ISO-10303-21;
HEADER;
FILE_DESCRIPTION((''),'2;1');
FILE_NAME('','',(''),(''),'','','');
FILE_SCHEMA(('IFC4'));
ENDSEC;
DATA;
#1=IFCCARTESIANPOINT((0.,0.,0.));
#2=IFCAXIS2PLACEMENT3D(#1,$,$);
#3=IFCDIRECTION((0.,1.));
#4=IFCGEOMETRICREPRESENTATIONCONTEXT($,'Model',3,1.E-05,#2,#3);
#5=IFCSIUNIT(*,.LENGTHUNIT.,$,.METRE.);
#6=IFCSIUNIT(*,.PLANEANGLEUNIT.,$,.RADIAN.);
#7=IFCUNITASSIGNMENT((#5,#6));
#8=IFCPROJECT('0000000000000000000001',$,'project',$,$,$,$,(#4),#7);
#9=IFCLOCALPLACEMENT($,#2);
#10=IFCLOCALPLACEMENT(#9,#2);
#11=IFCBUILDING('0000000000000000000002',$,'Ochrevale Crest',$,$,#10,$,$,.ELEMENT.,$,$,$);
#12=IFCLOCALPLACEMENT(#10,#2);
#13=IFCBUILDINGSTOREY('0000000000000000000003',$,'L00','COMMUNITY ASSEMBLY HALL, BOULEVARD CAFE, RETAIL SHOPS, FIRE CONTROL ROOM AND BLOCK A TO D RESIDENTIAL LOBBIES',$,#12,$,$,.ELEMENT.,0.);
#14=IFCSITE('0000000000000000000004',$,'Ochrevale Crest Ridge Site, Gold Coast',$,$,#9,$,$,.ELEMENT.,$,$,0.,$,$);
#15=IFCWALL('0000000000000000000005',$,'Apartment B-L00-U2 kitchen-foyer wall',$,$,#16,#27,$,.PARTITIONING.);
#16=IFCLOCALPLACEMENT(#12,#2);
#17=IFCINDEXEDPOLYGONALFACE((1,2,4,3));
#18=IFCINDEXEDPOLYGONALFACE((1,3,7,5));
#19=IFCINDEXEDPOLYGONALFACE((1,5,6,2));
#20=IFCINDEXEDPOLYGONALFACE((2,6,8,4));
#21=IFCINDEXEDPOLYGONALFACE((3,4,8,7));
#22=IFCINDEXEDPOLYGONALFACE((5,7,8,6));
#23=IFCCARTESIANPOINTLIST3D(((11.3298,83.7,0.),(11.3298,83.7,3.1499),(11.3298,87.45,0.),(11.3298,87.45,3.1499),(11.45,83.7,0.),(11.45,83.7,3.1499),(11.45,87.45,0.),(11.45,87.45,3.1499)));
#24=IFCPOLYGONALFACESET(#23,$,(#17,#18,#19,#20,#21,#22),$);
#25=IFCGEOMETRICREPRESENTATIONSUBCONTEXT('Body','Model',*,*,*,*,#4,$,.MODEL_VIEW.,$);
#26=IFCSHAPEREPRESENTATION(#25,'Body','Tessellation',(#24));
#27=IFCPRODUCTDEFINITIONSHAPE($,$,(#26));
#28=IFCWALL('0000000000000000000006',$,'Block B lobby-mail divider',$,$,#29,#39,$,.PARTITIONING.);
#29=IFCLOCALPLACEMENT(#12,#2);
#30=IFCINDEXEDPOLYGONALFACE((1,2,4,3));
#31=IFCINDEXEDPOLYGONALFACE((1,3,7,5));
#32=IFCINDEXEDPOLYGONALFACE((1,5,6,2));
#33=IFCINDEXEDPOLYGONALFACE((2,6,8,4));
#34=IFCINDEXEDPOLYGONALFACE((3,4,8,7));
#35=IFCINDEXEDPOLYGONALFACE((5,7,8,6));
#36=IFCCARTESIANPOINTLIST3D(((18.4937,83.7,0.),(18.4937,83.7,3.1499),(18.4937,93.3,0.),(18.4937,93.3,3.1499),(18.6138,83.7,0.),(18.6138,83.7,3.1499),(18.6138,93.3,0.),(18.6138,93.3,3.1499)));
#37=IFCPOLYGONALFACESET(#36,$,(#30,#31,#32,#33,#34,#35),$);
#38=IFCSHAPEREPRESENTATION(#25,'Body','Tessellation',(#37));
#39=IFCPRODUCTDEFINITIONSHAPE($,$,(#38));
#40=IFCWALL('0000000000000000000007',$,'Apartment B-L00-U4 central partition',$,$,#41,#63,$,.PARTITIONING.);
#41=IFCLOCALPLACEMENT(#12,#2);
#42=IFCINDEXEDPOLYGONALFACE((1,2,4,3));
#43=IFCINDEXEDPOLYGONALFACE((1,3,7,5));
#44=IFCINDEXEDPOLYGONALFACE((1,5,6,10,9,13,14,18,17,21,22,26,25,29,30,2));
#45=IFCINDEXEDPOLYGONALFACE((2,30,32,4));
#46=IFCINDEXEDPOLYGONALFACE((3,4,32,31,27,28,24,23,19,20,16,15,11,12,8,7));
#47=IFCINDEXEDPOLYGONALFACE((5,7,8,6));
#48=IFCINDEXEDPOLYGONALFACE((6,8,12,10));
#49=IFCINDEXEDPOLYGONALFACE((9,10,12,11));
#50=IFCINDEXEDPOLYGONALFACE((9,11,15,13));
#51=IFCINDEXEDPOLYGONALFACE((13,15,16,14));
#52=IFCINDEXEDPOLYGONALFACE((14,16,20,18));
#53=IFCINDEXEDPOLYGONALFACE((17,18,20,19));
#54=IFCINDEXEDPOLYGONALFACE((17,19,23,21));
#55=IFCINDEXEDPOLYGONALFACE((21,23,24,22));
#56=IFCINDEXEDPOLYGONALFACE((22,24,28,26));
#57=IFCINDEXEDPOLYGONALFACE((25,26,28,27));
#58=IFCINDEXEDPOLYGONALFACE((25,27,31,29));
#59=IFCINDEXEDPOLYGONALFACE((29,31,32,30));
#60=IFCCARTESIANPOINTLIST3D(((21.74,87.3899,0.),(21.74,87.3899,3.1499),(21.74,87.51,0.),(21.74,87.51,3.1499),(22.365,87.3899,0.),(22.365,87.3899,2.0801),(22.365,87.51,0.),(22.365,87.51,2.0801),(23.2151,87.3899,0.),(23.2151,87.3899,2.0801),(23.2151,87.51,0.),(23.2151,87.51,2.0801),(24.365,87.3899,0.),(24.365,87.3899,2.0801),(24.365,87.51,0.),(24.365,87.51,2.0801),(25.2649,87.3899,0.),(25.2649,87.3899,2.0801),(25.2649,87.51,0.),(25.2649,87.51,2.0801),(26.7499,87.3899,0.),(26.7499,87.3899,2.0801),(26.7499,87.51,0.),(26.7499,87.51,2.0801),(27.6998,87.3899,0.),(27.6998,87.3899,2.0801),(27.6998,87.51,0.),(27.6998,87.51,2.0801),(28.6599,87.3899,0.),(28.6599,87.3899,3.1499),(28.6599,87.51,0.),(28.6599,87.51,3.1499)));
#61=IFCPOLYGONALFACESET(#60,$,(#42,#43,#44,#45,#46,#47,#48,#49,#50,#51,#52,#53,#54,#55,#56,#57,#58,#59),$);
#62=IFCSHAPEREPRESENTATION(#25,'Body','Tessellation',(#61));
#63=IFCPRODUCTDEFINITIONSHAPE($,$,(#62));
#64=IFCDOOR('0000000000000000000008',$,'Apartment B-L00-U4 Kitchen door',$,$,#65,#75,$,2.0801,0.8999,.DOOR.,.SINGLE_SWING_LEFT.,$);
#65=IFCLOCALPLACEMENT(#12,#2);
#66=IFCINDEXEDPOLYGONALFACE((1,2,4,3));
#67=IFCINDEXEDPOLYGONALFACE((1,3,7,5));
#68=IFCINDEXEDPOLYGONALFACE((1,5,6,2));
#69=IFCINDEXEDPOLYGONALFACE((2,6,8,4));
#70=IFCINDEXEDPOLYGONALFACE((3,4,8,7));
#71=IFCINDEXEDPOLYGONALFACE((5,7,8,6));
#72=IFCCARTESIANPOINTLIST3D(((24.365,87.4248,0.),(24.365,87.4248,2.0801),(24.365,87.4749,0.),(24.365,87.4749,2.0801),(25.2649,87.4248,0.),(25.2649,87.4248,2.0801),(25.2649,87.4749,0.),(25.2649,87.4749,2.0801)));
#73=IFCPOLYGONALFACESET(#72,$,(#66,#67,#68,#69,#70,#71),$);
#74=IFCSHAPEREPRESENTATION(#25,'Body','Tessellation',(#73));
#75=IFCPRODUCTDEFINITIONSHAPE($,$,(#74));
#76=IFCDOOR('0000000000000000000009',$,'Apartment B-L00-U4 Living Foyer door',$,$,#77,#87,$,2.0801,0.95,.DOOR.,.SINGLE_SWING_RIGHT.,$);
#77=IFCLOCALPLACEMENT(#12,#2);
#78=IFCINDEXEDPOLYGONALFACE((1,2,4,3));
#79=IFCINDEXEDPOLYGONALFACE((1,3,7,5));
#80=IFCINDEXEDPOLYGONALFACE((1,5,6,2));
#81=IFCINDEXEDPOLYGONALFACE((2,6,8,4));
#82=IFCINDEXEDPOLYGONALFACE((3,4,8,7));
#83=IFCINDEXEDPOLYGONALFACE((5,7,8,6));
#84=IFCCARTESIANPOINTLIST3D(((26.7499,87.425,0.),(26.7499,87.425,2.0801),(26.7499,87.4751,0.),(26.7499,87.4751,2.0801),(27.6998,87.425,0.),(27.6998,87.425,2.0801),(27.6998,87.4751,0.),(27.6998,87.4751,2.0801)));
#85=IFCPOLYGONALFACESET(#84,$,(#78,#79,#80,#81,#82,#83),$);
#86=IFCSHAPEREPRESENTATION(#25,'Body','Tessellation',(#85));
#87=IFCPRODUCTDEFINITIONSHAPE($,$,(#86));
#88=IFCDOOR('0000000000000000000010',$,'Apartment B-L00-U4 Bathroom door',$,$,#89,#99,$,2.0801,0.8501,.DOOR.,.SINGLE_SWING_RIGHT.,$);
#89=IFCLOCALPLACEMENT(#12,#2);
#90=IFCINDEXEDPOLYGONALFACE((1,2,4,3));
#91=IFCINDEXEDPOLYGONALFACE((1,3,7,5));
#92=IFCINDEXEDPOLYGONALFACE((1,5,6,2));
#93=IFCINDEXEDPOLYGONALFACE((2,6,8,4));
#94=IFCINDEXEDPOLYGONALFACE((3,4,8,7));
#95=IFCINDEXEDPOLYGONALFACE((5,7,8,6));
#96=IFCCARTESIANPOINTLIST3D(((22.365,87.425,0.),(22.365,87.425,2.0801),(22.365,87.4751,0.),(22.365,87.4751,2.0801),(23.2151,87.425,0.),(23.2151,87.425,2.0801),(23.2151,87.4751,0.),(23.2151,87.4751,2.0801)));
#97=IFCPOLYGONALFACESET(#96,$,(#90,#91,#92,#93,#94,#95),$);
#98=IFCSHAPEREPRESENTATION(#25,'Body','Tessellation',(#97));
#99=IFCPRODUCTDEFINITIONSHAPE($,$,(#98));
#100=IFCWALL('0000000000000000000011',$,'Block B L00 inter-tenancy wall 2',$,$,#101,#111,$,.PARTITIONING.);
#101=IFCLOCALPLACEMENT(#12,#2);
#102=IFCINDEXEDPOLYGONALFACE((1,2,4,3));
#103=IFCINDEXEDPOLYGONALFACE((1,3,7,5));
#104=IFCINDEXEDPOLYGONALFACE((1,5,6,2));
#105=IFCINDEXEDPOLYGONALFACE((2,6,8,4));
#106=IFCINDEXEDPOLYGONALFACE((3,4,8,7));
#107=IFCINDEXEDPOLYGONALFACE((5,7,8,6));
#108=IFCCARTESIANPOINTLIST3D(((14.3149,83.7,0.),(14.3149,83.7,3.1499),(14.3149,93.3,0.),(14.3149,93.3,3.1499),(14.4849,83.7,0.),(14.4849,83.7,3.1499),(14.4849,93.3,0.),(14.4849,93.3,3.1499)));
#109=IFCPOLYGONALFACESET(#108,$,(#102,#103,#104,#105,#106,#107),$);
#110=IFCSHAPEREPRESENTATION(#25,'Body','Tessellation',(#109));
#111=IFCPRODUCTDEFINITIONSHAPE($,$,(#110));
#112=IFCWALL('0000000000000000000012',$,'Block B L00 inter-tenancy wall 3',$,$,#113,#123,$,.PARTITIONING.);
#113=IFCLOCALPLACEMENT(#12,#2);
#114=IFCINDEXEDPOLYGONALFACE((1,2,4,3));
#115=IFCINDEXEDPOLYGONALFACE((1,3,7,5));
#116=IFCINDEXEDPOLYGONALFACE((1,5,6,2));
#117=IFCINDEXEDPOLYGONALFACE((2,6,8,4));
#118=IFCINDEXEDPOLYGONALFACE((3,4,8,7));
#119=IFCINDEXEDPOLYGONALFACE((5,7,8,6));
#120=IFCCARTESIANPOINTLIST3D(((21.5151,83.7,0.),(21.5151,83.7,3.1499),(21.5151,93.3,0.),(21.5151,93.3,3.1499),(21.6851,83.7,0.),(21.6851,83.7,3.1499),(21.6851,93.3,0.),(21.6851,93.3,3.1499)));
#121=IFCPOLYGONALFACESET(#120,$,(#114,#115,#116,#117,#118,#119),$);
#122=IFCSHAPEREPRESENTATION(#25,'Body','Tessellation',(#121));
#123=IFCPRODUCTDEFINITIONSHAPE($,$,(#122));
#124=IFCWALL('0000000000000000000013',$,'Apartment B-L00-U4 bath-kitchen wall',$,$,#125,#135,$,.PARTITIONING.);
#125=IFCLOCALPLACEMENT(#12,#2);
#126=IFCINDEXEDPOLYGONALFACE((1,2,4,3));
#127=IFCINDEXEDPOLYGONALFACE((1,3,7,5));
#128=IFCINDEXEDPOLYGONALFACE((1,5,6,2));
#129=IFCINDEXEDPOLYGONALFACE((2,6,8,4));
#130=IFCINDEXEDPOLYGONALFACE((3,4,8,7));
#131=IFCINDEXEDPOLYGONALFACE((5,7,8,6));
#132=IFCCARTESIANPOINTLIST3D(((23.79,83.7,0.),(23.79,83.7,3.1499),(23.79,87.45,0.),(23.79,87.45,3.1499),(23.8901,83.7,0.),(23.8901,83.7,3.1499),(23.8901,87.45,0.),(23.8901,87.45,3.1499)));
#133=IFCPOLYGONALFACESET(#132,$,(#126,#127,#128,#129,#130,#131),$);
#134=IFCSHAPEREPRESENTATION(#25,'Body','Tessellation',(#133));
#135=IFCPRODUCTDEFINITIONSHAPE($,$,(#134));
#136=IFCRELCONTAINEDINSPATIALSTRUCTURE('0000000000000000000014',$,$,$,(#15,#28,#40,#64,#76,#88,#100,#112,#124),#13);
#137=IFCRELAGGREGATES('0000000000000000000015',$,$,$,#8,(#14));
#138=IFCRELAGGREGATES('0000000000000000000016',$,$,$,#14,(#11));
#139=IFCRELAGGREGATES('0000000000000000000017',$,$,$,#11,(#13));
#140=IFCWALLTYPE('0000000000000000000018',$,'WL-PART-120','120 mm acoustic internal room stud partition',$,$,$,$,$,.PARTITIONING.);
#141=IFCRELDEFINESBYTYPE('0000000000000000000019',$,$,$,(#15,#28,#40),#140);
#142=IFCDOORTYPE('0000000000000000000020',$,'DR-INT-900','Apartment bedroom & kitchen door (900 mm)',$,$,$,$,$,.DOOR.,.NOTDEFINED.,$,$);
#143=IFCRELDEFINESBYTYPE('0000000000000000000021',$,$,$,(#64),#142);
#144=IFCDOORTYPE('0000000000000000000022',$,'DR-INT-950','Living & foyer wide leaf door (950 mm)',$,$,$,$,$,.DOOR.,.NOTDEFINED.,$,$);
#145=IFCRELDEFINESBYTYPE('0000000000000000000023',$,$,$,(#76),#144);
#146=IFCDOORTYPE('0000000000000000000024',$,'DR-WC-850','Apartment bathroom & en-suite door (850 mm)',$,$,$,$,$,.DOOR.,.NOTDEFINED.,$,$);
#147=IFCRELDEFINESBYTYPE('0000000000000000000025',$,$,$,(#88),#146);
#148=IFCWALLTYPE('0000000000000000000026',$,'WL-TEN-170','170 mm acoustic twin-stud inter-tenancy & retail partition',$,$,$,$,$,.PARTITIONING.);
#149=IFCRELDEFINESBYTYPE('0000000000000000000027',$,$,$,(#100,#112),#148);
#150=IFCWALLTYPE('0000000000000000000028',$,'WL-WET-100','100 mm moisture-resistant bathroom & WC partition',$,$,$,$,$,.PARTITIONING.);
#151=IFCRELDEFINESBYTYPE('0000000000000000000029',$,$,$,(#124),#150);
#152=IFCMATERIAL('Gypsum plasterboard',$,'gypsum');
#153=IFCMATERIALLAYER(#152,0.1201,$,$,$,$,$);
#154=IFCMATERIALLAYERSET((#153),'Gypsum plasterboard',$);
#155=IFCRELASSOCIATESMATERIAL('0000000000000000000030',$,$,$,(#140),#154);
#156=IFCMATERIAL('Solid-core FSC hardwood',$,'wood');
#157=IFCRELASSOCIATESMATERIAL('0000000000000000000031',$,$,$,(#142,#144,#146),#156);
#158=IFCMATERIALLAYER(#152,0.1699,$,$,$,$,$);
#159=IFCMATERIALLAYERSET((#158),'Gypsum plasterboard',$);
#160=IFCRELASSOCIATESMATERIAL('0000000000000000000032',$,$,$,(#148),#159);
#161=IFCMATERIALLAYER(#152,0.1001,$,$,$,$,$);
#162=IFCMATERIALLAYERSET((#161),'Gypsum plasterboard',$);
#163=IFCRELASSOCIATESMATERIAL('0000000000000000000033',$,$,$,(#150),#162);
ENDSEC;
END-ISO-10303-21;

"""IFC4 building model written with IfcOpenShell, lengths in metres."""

from ifc_helpers import new_model, si_unit, direction, frame, frame_2d, origin, place, context, subcontext, project, spatial, rectangle, extrude, material, layer, layer_set, type_object, element, fill, save


model = new_model("IFC4")

# Units and contexts
model_context = context("Model", 3, precision=1e-05, world=origin(), true_north=direction((0.0, 1.0)))
body_context = subcontext(model_context, "Body", "Model", "MODEL_VIEW")
ifc_project = project(units=[si_unit("LENGTHUNIT", "METRE"), si_unit("PLANEANGLEUNIT", "RADIAN")], contexts=[model_context])

# Site, building, storey
site_placement = place(None, origin())
site = spatial("IfcSite", under=ifc_project, at=site_placement, Name="Ochrevale Crest Ridge Site, Gold Coast", CompositionType="ELEMENT", RefElevation=0.0)
building_placement = place(site_placement, origin())
building = spatial("IfcBuilding", under=site, at=building_placement, Name="Ochrevale Crest", CompositionType="ELEMENT")
storey_placement = place(building_placement, origin())
storey = spatial("IfcBuildingStorey", under=building, at=storey_placement, Name="L00", Description="COMMUNITY ASSEMBLY HALL, BOULEVARD CAFE, RETAIL SHOPS, FIRE CONTROL ROOM AND BLOCK A TO D RESIDENTIAL LOBBIES", CompositionType="ELEMENT", Elevation=0.0)

# Shared definitions
ifc_material_1 = material(Name="Gypsum plasterboard", Category="gypsum")
ifc_material_2 = material(Name="Solid-core FSC hardwood", Category="wood")

# Walls
ifc_layer_1 = layer(ifc_material_1, 0.1201)
ifc_layer_set_1 = layer_set([ifc_layer_1], Name="Gypsum plasterboard")
wall_type_1 = type_object("IfcWallType", Name="WL-PART-120", Description="120 mm acoustic internal room stud partition", PredefinedType="PARTITIONING", material=ifc_layer_set_1)
wall_1_placement = place(storey_placement, frame((11.3899, 83.7, 0.0), z_axis=(0.0, 0.0, 1.0), x_axis=(0.0, 1.0, 0.0)))
element("IfcWall", 1, at=wall_1_placement, inside=storey, type_object=wall_type_1, Name="Apartment B-L00-U2 kitchen-foyer wall", PredefinedType="PARTITIONING", context=body_context, shape_type="SweptSolid", body=[
    extrude(rectangle(XDim=3.75, YDim=0.1201, at=frame_2d((1.875, 0.0))), origin(), (0.0, 0.0, 1.0), 3.1499),
])
wall_2_placement = place(storey_placement, frame((18.5537, 83.7, 0.0), z_axis=(0.0, 0.0, 1.0), x_axis=(0.0, 1.0, 0.0)))
element("IfcWall", 2, at=wall_2_placement, inside=storey, type_object=wall_type_1, Name="Block B lobby-mail divider", PredefinedType="PARTITIONING", context=body_context, shape_type="SweptSolid", body=[
    extrude(rectangle(XDim=9.6001, YDim=0.1201, at=frame_2d((4.8, 0.0))), origin(), (0.0, 0.0, 1.0), 3.1499),
])

# Wall, openings, doors
wall_3_placement = place(storey_placement, frame((21.74, 87.45, 0.0), z_axis=(0.0, 0.0, 1.0), x_axis=(1.0, 0.0, 0.0)))
wall_3 = element("IfcWall", 3, at=wall_3_placement, inside=storey, type_object=wall_type_1, Name="Apartment B-L00-U4 central partition", PredefinedType="PARTITIONING", context=body_context, shape_type="SweptSolid", body=[
    extrude(rectangle(XDim=6.9199, YDim=0.1201, at=frame_2d((3.46, 0.0))), origin(), (0.0, 0.0, 1.0), 3.1499),
])
opening_1_placement = place(wall_3_placement, frame((1.4751, 0.0, 0.0), z_axis=(0.0, 0.0, 1.0), x_axis=(-1.0, 0.0, 0.0)))
opening_1 = element("IfcOpeningElement", 4, at=opening_1_placement, cuts=wall_3, PredefinedType="OPENING", context=body_context, shape_type="SweptSolid", body=[
    extrude(rectangle(XDim=0.8501, YDim=2.0801, at=frame_2d((0.425, 1.04))), frame((0.0, 0.0701, 0.0), z_axis=(0.0, -1.0, 0.0), x_axis=(1.0, 0.0, 0.0)), (0.0, 0.0, 1.0), 0.1401),
])
opening_2_placement = place(wall_3_placement, frame((2.625, 0.0, 0.0)))
opening_2 = element("IfcOpeningElement", 5, at=opening_2_placement, cuts=wall_3, PredefinedType="OPENING", context=body_context, shape_type="SweptSolid", body=[
    extrude(rectangle(XDim=0.8999, YDim=2.0801, at=frame_2d((0.45, 1.04))), frame((0.0, 0.0701, 0.0), z_axis=(0.0, -1.0, 0.0), x_axis=(1.0, 0.0, 0.0)), (0.0, 0.0, 1.0), 0.1401),
])
opening_3_placement = place(wall_3_placement, frame((5.96, 0.0, 0.0), z_axis=(0.0, 0.0, 1.0), x_axis=(-1.0, 0.0, 0.0)))
opening_3 = element("IfcOpeningElement", 6, at=opening_3_placement, cuts=wall_3, PredefinedType="OPENING", context=body_context, shape_type="SweptSolid", body=[
    extrude(rectangle(XDim=0.95, YDim=2.0801, at=frame_2d((0.4751, 1.04))), frame((0.0, 0.0701, 0.0), z_axis=(0.0, -1.0, 0.0), x_axis=(1.0, 0.0, 0.0)), (0.0, 0.0, 1.0), 0.1401),
])
door_type_1 = type_object("IfcDoorType", Name="DR-INT-900", Description="Apartment bedroom & kitchen door (900 mm)", OperationType="NOTDEFINED", PredefinedType="DOOR", material=ifc_material_2)
door_1_placement = place(opening_2_placement, origin())
door_1 = element("IfcDoor", 7, at=door_1_placement, inside=storey, type_object=door_type_1, Name="Apartment B-L00-U4 Kitchen door", OperationType="SINGLE_SWING_LEFT", OverallHeight=2.0801, OverallWidth=0.8999, PredefinedType="DOOR", context=body_context, shape_type="SweptSolid", body=[
    extrude(rectangle(XDim=0.8999, YDim=2.0801, at=frame_2d((0.45, 1.04))), frame((0.0, 0.0249, 0.0), z_axis=(0.0, -1.0, 0.0), x_axis=(1.0, 0.0, 0.0)), (0.0, 0.0, 1.0), 0.05),
])
fill(opening_2, door_1)
door_type_2 = type_object("IfcDoorType", Name="DR-INT-950", Description="Living & foyer wide leaf door (950 mm)", OperationType="NOTDEFINED", PredefinedType="DOOR", material=ifc_material_2)
door_2_placement = place(opening_3_placement, origin())
door_2 = element("IfcDoor", 8, at=door_2_placement, inside=storey, type_object=door_type_2, Name="Apartment B-L00-U4 Living Foyer door", OperationType="SINGLE_SWING_RIGHT", OverallHeight=2.0801, OverallWidth=0.95, PredefinedType="DOOR", context=body_context, shape_type="SweptSolid", body=[
    extrude(rectangle(XDim=0.95, YDim=2.0801, at=frame_2d((0.4751, 1.04))), frame((0.0, 0.0249, 0.0), z_axis=(0.0, -1.0, 0.0), x_axis=(1.0, 0.0, 0.0)), (0.0, 0.0, 1.0), 0.05),
])
fill(opening_3, door_2)
door_type_3 = type_object("IfcDoorType", Name="DR-WC-850", Description="Apartment bathroom & en-suite door (850 mm)", OperationType="NOTDEFINED", PredefinedType="DOOR", material=ifc_material_2)
door_3_placement = place(opening_1_placement, origin())
door_3 = element("IfcDoor", 9, at=door_3_placement, inside=storey, type_object=door_type_3, Name="Apartment B-L00-U4 Bathroom door", OperationType="SINGLE_SWING_RIGHT", OverallHeight=2.0801, OverallWidth=0.8501, PredefinedType="DOOR", context=body_context, shape_type="SweptSolid", body=[
    extrude(rectangle(XDim=0.8501, YDim=2.0801, at=frame_2d((0.425, 1.04))), frame((0.0, 0.0249, 0.0), z_axis=(0.0, -1.0, 0.0), x_axis=(1.0, 0.0, 0.0)), (0.0, 0.0, 1.0), 0.05),
])
fill(opening_1, door_3)

# Walls
ifc_layer_2 = layer(ifc_material_1, 0.1699)
ifc_layer_set_2 = layer_set([ifc_layer_2], Name="Gypsum plasterboard")
wall_type_2 = type_object("IfcWallType", Name="WL-TEN-170", Description="170 mm acoustic twin-stud inter-tenancy & retail partition", PredefinedType="PARTITIONING", material=ifc_layer_set_2)
for number, where, z_axis, x_axis, name in (
    (10, (14.3999, 83.7, 0.0), (0.0, 0.0, 1.0), (0.0, 1.0, 0.0), "Block B L00 inter-tenancy wall 2"),
    (11, (21.6001, 83.7, 0.0), (0.0, 0.0, 1.0), (0.0, 1.0, 0.0), "Block B L00 inter-tenancy wall 3"),
):
    element("IfcWall", number, at=place(storey_placement, frame(where, z_axis=z_axis, x_axis=x_axis)), inside=storey, type_object=wall_type_2, Name=name, PredefinedType="PARTITIONING", context=body_context, shape_type="SweptSolid", body=[
        extrude(rectangle(XDim=9.6001, YDim=0.1699, at=frame_2d((4.8, 0.0))), origin(), (0.0, 0.0, 1.0), 3.1499),
    ])
ifc_layer_3 = layer(ifc_material_1, 0.1001)
ifc_layer_set_3 = layer_set([ifc_layer_3], Name="Gypsum plasterboard")
wall_type_3 = type_object("IfcWallType", Name="WL-WET-100", Description="100 mm moisture-resistant bathroom & WC partition", PredefinedType="PARTITIONING", material=ifc_layer_set_3)
wall_4_placement = place(storey_placement, frame((23.8401, 83.7, 0.0), z_axis=(0.0, 0.0, 1.0), x_axis=(0.0, 1.0, 0.0)))
element("IfcWall", 12, at=wall_4_placement, inside=storey, type_object=wall_type_3, Name="Apartment B-L00-U4 bath-kitchen wall", PredefinedType="PARTITIONING", context=body_context, shape_type="SweptSolid", body=[
    extrude(rectangle(XDim=3.75, YDim=0.1001, at=frame_2d((1.875, 0.0))), origin(), (0.0, 0.0, 1.0), 3.1499),
])

save(model, "model.ifc")
